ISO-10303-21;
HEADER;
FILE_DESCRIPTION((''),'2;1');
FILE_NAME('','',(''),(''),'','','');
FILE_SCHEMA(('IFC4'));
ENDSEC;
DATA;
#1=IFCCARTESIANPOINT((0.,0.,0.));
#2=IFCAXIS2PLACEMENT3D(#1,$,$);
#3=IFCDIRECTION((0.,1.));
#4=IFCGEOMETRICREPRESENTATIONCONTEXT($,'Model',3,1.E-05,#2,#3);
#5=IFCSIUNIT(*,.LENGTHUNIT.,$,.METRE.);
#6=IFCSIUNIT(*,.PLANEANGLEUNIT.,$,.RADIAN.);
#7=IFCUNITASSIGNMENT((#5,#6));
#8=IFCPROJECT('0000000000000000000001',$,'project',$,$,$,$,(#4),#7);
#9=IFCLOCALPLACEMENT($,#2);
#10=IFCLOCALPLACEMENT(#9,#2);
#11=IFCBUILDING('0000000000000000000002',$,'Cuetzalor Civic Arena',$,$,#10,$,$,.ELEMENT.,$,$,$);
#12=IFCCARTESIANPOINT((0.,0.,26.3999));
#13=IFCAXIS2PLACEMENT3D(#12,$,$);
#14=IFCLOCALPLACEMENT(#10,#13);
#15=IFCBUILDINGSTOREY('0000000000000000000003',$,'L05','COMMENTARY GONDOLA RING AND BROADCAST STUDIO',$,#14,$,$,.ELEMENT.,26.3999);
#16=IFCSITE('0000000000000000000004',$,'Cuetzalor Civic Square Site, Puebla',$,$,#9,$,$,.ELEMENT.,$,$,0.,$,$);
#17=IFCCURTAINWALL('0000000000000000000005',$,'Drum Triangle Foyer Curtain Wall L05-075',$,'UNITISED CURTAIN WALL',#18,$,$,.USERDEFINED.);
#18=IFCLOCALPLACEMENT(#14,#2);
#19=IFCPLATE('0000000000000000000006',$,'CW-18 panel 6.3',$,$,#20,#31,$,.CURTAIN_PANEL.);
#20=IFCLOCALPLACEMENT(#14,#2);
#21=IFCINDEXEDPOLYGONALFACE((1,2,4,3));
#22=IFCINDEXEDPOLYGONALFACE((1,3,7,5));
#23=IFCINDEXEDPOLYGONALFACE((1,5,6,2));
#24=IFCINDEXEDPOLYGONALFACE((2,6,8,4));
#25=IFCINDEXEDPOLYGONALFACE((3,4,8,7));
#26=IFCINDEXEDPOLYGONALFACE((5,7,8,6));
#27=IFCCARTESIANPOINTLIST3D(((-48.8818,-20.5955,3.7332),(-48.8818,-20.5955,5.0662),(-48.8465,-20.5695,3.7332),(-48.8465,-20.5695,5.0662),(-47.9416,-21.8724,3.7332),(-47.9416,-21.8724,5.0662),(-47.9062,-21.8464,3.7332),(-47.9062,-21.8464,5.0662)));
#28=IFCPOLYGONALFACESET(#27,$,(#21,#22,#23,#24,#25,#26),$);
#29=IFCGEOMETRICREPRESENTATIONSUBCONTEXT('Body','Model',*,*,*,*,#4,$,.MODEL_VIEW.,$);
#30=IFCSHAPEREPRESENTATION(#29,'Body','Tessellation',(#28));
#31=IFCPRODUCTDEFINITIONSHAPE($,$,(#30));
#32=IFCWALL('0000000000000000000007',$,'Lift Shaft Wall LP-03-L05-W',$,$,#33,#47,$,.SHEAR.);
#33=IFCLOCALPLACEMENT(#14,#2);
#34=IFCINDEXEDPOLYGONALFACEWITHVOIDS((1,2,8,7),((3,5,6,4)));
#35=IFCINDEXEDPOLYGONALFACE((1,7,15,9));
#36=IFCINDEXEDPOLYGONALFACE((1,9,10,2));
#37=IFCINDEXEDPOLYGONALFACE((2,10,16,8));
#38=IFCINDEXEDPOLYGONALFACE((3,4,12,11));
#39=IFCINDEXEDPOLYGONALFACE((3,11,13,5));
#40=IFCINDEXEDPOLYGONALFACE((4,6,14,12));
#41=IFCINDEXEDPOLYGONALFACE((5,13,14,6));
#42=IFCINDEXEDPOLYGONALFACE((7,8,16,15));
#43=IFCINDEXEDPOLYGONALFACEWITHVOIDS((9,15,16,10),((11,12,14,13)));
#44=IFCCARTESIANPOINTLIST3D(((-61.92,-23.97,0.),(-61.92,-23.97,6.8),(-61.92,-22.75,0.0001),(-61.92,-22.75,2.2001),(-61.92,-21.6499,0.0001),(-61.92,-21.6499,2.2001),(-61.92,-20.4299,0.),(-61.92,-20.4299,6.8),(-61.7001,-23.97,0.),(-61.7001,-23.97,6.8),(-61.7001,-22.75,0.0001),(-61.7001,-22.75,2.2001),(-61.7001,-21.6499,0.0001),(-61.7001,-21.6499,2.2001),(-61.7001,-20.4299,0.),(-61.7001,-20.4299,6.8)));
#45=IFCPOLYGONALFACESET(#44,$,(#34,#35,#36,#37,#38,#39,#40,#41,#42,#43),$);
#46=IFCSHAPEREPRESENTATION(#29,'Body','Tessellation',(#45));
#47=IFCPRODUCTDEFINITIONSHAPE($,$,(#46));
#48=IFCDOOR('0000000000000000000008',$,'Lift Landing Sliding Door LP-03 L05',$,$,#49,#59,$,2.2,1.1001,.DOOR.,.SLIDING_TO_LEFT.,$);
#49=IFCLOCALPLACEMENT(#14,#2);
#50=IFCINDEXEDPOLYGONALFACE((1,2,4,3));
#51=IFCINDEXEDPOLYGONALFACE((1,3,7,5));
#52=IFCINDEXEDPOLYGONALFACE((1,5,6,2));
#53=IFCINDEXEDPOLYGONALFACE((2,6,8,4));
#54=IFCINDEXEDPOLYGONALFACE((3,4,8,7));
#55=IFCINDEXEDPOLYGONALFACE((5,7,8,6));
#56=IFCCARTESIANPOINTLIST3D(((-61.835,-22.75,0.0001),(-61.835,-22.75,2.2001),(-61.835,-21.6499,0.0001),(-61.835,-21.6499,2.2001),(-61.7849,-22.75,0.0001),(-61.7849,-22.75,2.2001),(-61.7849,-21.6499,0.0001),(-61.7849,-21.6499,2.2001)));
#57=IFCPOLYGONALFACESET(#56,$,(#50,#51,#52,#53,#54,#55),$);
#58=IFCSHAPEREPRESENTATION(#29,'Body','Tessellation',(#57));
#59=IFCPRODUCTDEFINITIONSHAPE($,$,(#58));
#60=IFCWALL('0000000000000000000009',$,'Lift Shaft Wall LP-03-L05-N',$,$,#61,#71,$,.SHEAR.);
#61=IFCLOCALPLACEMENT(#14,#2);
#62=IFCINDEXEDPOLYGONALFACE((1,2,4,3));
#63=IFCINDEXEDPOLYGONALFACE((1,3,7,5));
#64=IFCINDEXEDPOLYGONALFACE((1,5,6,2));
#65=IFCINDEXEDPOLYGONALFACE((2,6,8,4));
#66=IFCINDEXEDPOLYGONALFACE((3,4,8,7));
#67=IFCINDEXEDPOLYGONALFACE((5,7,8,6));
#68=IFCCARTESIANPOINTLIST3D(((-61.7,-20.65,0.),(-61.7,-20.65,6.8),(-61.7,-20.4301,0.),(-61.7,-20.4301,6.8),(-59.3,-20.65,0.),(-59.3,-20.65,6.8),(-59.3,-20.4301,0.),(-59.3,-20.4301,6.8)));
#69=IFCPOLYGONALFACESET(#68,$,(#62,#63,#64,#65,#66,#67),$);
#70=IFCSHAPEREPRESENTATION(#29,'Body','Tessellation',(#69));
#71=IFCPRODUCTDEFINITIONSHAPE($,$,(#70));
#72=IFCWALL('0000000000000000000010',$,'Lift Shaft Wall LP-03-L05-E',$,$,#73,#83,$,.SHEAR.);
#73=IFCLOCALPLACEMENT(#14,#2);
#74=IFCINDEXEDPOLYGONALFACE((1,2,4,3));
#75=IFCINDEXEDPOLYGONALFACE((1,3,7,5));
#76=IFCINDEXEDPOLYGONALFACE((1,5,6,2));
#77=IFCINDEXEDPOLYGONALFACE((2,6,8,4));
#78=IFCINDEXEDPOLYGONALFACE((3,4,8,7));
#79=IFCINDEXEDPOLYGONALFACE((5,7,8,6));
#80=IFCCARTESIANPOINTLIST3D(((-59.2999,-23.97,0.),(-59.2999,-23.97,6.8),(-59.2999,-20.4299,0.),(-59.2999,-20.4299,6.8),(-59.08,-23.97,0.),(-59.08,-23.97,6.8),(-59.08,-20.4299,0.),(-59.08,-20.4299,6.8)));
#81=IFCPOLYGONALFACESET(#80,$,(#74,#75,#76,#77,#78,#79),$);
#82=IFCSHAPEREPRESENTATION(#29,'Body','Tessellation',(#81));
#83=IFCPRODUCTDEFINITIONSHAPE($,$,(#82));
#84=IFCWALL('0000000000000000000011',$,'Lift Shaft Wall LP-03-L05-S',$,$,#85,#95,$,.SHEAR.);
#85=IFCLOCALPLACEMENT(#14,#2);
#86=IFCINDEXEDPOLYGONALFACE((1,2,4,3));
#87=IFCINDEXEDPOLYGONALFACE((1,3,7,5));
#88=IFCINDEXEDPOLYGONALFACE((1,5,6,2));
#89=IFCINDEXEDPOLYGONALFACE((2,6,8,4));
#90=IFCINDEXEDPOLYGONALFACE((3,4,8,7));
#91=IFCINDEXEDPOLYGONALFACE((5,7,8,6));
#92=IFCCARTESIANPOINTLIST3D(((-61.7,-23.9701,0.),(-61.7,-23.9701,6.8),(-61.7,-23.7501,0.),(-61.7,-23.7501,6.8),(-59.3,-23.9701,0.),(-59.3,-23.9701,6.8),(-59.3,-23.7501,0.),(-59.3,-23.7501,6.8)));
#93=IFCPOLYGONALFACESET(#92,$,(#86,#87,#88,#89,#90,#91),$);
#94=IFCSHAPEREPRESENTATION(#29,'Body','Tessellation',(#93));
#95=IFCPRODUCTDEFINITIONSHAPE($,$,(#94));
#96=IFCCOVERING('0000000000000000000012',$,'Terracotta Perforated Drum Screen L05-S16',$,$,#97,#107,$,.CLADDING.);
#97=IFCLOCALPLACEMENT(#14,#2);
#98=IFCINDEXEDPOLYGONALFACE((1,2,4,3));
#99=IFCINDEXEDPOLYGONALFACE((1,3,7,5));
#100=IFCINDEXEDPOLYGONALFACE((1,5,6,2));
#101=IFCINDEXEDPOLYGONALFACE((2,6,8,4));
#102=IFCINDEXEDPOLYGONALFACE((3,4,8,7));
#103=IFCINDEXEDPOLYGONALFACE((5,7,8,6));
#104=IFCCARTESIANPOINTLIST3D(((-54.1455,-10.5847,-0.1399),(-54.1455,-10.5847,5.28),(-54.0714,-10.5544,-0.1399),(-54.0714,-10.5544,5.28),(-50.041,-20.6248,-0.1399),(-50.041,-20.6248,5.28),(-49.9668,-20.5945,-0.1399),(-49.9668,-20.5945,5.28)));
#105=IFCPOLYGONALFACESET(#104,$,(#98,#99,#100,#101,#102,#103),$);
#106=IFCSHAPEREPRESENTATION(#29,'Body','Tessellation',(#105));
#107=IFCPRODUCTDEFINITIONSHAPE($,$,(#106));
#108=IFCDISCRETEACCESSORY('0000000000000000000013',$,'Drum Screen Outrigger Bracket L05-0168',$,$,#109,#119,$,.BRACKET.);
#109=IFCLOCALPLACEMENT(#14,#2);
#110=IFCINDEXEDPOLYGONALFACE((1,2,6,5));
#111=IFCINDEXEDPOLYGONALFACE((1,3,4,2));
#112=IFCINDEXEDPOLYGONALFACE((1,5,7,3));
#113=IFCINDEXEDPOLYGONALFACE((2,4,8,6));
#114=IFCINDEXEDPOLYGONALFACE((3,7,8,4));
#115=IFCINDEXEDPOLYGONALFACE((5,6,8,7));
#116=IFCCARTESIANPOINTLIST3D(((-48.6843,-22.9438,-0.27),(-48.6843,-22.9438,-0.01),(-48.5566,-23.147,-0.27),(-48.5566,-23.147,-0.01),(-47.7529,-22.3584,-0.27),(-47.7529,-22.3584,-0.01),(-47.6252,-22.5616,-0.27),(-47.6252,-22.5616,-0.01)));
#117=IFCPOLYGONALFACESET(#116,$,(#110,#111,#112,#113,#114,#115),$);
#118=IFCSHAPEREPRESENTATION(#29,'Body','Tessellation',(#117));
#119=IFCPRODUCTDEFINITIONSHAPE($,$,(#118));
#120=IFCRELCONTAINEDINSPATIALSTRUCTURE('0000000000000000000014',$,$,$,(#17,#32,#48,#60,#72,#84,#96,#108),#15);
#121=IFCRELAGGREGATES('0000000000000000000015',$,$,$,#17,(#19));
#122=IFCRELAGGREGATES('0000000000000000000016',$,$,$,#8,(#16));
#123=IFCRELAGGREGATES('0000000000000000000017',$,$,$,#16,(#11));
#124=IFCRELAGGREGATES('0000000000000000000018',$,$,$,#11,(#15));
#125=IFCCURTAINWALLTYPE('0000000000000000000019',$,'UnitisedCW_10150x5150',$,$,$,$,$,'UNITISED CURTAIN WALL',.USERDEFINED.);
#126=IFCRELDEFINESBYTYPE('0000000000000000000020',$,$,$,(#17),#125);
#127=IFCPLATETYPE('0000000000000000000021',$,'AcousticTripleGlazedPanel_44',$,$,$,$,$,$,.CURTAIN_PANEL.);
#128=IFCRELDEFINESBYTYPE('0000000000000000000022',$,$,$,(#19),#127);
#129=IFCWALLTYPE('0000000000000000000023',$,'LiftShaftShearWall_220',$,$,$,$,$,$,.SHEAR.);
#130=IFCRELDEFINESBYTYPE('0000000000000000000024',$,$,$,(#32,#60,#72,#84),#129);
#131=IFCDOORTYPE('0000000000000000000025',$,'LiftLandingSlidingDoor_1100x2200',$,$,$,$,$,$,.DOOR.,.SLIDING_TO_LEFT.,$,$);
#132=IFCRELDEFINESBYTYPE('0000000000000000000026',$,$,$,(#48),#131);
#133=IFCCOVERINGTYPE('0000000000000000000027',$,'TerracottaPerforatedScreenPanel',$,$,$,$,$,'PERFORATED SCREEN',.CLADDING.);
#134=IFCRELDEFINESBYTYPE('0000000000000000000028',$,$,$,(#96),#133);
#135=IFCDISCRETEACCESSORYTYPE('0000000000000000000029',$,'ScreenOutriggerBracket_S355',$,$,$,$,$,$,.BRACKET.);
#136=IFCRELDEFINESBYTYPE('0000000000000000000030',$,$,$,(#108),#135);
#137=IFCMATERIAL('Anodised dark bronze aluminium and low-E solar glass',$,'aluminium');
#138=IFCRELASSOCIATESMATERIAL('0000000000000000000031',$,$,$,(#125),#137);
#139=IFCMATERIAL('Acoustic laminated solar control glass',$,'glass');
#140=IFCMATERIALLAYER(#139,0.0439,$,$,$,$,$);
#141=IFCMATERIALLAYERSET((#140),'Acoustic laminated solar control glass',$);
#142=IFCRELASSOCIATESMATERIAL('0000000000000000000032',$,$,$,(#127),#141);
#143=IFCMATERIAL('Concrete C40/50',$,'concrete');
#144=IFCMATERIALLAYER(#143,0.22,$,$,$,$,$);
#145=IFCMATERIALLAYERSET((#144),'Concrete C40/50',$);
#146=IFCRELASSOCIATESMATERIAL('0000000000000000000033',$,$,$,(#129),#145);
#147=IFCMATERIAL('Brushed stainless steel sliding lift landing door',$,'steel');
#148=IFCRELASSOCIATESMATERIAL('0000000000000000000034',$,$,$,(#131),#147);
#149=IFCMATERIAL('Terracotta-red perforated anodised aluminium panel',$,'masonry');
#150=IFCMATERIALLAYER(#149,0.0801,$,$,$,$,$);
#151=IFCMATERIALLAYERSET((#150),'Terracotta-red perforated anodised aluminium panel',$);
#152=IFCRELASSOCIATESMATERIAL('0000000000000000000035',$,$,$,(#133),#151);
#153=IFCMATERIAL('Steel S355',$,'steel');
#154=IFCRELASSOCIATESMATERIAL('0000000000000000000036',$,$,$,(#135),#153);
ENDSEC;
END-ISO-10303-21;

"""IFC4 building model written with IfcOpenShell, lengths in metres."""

from ifc_helpers import new_model, si_unit, direction, frame, frame_2d, origin, origin_2d, place, context, subcontext, project, spatial, rectangle, extrude, material, layer, layer_set, type_object, element, fill, aggregate, save


model = new_model("IFC4")

# Units and contexts
model_context = context("Model", 3, precision=1e-05, world=origin(), true_north=direction((0.0, 1.0)))
body_context = subcontext(model_context, "Body", "Model", "MODEL_VIEW")
ifc_project = project(units=[si_unit("LENGTHUNIT", "METRE"), si_unit("PLANEANGLEUNIT", "RADIAN")], contexts=[model_context])

# Site, building, storey
site_placement = place(None, origin())
site = spatial("IfcSite", under=ifc_project, at=site_placement, Name="Cuetzalor Civic Square Site, Puebla", CompositionType="ELEMENT", RefElevation=0.0)
building_placement = place(site_placement, origin())
building = spatial("IfcBuilding", under=site, at=building_placement, Name="Cuetzalor Civic Arena", CompositionType="ELEMENT")
storey_placement = place(building_placement, frame((0.0, 0.0, 26.3999)))
storey = spatial("IfcBuildingStorey", under=building, at=storey_placement, Name="L05", Description="COMMENTARY GONDOLA RING AND BROADCAST STUDIO", CompositionType="ELEMENT", Elevation=26.3999)

# Curtain wall
ifc_material_1 = material(Name="Anodised dark bronze aluminium and low-E solar glass", Category="aluminium")
curtain_wall_type = type_object("IfcCurtainWallType", Name="UnitisedCW_10150x5150", ElementType="UNITISED CURTAIN WALL", PredefinedType="USERDEFINED", material=ifc_material_1)
curtain_wall_placement = place(storey_placement, origin())
curtain_wall = element("IfcCurtainWall", 1, at=curtain_wall_placement, inside=storey, type_object=curtain_wall_type, Name="Drum Triangle Foyer Curtain Wall L05-075", ObjectType="UNITISED CURTAIN WALL", PredefinedType="USERDEFINED")

# Plate
ifc_material_2 = material(Name="Acoustic laminated solar control glass", Category="glass")
ifc_layer_1 = layer(ifc_material_2, 0.0439)
ifc_layer_set_1 = layer_set([ifc_layer_1], Name="Acoustic laminated solar control glass")
plate_type = type_object("IfcPlateType", Name="AcousticTripleGlazedPanel_44", PredefinedType="CURTAIN_PANEL", material=ifc_layer_set_1)
plate_1_placement = place(storey_placement, frame((-48.394, -21.2209, 3.7332), z_axis=(0.0, 0.0, 1.0), x_axis=(-0.592929, 0.805255, 0.0)))
plate_1 = element("IfcPlate", 2, at=plate_1_placement, type_object=plate_type, Name="CW-18 panel 6.3", PredefinedType="CURTAIN_PANEL", context=body_context, shape_type="SweptSolid", body=[
    extrude(rectangle(XDim=1.5857, YDim=0.0439, at=origin_2d()), origin(), (0.0, 0.0, 1.0), 1.333),
])
aggregate(curtain_wall, [plate_1])

# Wall, opening, door
ifc_material_3 = material(Name="Concrete C40/50", Category="concrete")
ifc_layer_2 = layer(ifc_material_3, 0.22)
ifc_layer_set_2 = layer_set([ifc_layer_2], Name="Concrete C40/50")
wall_type = type_object("IfcWallType", Name="LiftShaftShearWall_220", PredefinedType="SHEAR", material=ifc_layer_set_2)
wall_1_placement = place(storey_placement, frame((-61.8101, -23.97, 0.0), z_axis=(0.0, 0.0, 1.0), x_axis=(0.0, 1.0, 0.0)))
wall_1 = element("IfcWall", 3, at=wall_1_placement, inside=storey, type_object=wall_type, Name="Lift Shaft Wall LP-03-L05-W", PredefinedType="SHEAR", context=body_context, shape_type="SweptSolid", body=[
    extrude(rectangle(XDim=3.54, YDim=0.22, at=frame_2d((1.77, 0.0))), origin(), (0.0, 0.0, 1.0), 6.8),
])
opening_placement = place(wall_1_placement, frame((1.22, 0.0, 0.0)))
opening = element("IfcOpeningElement", 4, at=opening_placement, cuts=wall_1, PredefinedType="OPENING", context=body_context, shape_type="SweptSolid", body=[
    extrude(rectangle(XDim=1.1001, YDim=2.2, at=frame_2d((0.55, 1.1001))), frame((0.0, 0.1201, 0.0), z_axis=(0.0, -1.0, 0.0), x_axis=(1.0, 0.0, 0.0)), (0.0, 0.0, 1.0), 0.24),
])
ifc_material_4 = material(Name="Brushed stainless steel sliding lift landing door", Category="steel")
door_type = type_object("IfcDoorType", Name="LiftLandingSlidingDoor_1100x2200", OperationType="SLIDING_TO_LEFT", PredefinedType="DOOR", material=ifc_material_4)
door_placement = place(opening_placement, origin())
door = element("IfcDoor", 5, at=door_placement, inside=storey, type_object=door_type, Name="Lift Landing Sliding Door LP-03 L05", OperationType="SLIDING_TO_LEFT", OverallHeight=2.2, OverallWidth=1.1001, PredefinedType="DOOR", context=body_context, shape_type="SweptSolid", body=[
    extrude(rectangle(XDim=1.1001, YDim=2.2, at=frame_2d((0.55, 1.1001))), frame((0.0, 0.0249, 0.0), z_axis=(0.0, -1.0, 0.0), x_axis=(1.0, 0.0, 0.0)), (0.0, 0.0, 1.0), 0.05),
])
fill(opening, door)

# Walls
wall_2_placement = place(storey_placement, frame((-61.7, -20.54, 0.0), z_axis=(0.0, 0.0, 1.0), x_axis=(1.0, 0.0, 0.0)))
element("IfcWall", 6, at=wall_2_placement, inside=storey, type_object=wall_type, Name="Lift Shaft Wall LP-03-L05-N", PredefinedType="SHEAR", context=body_context, shape_type="SweptSolid", body=[
    extrude(rectangle(XDim=2.3999, YDim=0.22, at=frame_2d((1.2, 0.0))), origin(), (0.0, 0.0, 1.0), 6.8),
])
wall_3_placement = place(storey_placement, frame((-59.1899, -20.4299, 0.0), z_axis=(0.0, 0.0, 1.0), x_axis=(0.0, -1.0, 0.0)))
element("IfcWall", 7, at=wall_3_placement, inside=storey, type_object=wall_type, Name="Lift Shaft Wall LP-03-L05-E", PredefinedType="SHEAR", context=body_context, shape_type="SweptSolid", body=[
    extrude(rectangle(XDim=3.54, YDim=0.22, at=frame_2d((1.77, 0.0))), origin(), (0.0, 0.0, 1.0), 6.8),
])
wall_4_placement = place(storey_placement, frame((-59.3, -23.8601, 0.0), z_axis=(0.0, 0.0, 1.0), x_axis=(-1.0, 0.0, 0.0)))
element("IfcWall", 8, at=wall_4_placement, inside=storey, type_object=wall_type, Name="Lift Shaft Wall LP-03-L05-S", PredefinedType="SHEAR", context=body_context, shape_type="SweptSolid", body=[
    extrude(rectangle(XDim=2.3999, YDim=0.22, at=frame_2d((1.2, 0.0))), origin(), (0.0, 0.0, 1.0), 6.8),
])

# Covering
ifc_material_5 = material(Name="Terracotta-red perforated anodised aluminium panel", Category="masonry")
ifc_layer_3 = layer(ifc_material_5, 0.0801)
ifc_layer_set_3 = layer_set([ifc_layer_3], Name="Terracotta-red perforated anodised aluminium panel")
covering_type = type_object("IfcCoveringType", Name="TerracottaPerforatedScreenPanel", ElementType="PERFORATED SCREEN", PredefinedType="CLADDING", material=ifc_layer_set_3)
covering_placement = place(storey_placement, frame((-50.0039, -20.6096, -0.1399), z_axis=(0.0, 0.0, 1.0), x_axis=(-0.378412, 0.925637, 0.0)))
element("IfcCovering", 9, at=covering_placement, inside=storey, type_object=covering_type, Name="Terracotta Perforated Drum Screen L05-S16", PredefinedType="CLADDING", context=body_context, shape_type="SweptSolid", body=[
    extrude(rectangle(XDim=10.8467, YDim=0.0801, at=frame_2d((5.4233, 0.0))), origin(), (0.0, 0.0, 1.0), 5.4199),
])

# Discrete accessory
ifc_material_6 = material(Name="Steel S355", Category="steel")
discrete_accessory_type = type_object("IfcDiscreteAccessoryType", Name="ScreenOutriggerBracket_S355", PredefinedType="BRACKET", material=ifc_material_6)
discrete_accessory_placement = place(storey_placement, frame((-48.1548, -22.7527, -0.27), z_axis=(0.0, 0.0, 1.0), x_axis=(-0.846658, -0.532138, 0.0)))
element("IfcDiscreteAccessory", 10, at=discrete_accessory_placement, inside=storey, type_object=discrete_accessory_type, Name="Drum Screen Outrigger Bracket L05-0168", PredefinedType="BRACKET", context=body_context, shape_type="SweptSolid", body=[
    extrude(rectangle(XDim=1.1001, YDim=0.24, at=origin_2d()), origin(), (0.0, 0.0, 1.0), 0.26),
])

save(model, "model.ifc")
